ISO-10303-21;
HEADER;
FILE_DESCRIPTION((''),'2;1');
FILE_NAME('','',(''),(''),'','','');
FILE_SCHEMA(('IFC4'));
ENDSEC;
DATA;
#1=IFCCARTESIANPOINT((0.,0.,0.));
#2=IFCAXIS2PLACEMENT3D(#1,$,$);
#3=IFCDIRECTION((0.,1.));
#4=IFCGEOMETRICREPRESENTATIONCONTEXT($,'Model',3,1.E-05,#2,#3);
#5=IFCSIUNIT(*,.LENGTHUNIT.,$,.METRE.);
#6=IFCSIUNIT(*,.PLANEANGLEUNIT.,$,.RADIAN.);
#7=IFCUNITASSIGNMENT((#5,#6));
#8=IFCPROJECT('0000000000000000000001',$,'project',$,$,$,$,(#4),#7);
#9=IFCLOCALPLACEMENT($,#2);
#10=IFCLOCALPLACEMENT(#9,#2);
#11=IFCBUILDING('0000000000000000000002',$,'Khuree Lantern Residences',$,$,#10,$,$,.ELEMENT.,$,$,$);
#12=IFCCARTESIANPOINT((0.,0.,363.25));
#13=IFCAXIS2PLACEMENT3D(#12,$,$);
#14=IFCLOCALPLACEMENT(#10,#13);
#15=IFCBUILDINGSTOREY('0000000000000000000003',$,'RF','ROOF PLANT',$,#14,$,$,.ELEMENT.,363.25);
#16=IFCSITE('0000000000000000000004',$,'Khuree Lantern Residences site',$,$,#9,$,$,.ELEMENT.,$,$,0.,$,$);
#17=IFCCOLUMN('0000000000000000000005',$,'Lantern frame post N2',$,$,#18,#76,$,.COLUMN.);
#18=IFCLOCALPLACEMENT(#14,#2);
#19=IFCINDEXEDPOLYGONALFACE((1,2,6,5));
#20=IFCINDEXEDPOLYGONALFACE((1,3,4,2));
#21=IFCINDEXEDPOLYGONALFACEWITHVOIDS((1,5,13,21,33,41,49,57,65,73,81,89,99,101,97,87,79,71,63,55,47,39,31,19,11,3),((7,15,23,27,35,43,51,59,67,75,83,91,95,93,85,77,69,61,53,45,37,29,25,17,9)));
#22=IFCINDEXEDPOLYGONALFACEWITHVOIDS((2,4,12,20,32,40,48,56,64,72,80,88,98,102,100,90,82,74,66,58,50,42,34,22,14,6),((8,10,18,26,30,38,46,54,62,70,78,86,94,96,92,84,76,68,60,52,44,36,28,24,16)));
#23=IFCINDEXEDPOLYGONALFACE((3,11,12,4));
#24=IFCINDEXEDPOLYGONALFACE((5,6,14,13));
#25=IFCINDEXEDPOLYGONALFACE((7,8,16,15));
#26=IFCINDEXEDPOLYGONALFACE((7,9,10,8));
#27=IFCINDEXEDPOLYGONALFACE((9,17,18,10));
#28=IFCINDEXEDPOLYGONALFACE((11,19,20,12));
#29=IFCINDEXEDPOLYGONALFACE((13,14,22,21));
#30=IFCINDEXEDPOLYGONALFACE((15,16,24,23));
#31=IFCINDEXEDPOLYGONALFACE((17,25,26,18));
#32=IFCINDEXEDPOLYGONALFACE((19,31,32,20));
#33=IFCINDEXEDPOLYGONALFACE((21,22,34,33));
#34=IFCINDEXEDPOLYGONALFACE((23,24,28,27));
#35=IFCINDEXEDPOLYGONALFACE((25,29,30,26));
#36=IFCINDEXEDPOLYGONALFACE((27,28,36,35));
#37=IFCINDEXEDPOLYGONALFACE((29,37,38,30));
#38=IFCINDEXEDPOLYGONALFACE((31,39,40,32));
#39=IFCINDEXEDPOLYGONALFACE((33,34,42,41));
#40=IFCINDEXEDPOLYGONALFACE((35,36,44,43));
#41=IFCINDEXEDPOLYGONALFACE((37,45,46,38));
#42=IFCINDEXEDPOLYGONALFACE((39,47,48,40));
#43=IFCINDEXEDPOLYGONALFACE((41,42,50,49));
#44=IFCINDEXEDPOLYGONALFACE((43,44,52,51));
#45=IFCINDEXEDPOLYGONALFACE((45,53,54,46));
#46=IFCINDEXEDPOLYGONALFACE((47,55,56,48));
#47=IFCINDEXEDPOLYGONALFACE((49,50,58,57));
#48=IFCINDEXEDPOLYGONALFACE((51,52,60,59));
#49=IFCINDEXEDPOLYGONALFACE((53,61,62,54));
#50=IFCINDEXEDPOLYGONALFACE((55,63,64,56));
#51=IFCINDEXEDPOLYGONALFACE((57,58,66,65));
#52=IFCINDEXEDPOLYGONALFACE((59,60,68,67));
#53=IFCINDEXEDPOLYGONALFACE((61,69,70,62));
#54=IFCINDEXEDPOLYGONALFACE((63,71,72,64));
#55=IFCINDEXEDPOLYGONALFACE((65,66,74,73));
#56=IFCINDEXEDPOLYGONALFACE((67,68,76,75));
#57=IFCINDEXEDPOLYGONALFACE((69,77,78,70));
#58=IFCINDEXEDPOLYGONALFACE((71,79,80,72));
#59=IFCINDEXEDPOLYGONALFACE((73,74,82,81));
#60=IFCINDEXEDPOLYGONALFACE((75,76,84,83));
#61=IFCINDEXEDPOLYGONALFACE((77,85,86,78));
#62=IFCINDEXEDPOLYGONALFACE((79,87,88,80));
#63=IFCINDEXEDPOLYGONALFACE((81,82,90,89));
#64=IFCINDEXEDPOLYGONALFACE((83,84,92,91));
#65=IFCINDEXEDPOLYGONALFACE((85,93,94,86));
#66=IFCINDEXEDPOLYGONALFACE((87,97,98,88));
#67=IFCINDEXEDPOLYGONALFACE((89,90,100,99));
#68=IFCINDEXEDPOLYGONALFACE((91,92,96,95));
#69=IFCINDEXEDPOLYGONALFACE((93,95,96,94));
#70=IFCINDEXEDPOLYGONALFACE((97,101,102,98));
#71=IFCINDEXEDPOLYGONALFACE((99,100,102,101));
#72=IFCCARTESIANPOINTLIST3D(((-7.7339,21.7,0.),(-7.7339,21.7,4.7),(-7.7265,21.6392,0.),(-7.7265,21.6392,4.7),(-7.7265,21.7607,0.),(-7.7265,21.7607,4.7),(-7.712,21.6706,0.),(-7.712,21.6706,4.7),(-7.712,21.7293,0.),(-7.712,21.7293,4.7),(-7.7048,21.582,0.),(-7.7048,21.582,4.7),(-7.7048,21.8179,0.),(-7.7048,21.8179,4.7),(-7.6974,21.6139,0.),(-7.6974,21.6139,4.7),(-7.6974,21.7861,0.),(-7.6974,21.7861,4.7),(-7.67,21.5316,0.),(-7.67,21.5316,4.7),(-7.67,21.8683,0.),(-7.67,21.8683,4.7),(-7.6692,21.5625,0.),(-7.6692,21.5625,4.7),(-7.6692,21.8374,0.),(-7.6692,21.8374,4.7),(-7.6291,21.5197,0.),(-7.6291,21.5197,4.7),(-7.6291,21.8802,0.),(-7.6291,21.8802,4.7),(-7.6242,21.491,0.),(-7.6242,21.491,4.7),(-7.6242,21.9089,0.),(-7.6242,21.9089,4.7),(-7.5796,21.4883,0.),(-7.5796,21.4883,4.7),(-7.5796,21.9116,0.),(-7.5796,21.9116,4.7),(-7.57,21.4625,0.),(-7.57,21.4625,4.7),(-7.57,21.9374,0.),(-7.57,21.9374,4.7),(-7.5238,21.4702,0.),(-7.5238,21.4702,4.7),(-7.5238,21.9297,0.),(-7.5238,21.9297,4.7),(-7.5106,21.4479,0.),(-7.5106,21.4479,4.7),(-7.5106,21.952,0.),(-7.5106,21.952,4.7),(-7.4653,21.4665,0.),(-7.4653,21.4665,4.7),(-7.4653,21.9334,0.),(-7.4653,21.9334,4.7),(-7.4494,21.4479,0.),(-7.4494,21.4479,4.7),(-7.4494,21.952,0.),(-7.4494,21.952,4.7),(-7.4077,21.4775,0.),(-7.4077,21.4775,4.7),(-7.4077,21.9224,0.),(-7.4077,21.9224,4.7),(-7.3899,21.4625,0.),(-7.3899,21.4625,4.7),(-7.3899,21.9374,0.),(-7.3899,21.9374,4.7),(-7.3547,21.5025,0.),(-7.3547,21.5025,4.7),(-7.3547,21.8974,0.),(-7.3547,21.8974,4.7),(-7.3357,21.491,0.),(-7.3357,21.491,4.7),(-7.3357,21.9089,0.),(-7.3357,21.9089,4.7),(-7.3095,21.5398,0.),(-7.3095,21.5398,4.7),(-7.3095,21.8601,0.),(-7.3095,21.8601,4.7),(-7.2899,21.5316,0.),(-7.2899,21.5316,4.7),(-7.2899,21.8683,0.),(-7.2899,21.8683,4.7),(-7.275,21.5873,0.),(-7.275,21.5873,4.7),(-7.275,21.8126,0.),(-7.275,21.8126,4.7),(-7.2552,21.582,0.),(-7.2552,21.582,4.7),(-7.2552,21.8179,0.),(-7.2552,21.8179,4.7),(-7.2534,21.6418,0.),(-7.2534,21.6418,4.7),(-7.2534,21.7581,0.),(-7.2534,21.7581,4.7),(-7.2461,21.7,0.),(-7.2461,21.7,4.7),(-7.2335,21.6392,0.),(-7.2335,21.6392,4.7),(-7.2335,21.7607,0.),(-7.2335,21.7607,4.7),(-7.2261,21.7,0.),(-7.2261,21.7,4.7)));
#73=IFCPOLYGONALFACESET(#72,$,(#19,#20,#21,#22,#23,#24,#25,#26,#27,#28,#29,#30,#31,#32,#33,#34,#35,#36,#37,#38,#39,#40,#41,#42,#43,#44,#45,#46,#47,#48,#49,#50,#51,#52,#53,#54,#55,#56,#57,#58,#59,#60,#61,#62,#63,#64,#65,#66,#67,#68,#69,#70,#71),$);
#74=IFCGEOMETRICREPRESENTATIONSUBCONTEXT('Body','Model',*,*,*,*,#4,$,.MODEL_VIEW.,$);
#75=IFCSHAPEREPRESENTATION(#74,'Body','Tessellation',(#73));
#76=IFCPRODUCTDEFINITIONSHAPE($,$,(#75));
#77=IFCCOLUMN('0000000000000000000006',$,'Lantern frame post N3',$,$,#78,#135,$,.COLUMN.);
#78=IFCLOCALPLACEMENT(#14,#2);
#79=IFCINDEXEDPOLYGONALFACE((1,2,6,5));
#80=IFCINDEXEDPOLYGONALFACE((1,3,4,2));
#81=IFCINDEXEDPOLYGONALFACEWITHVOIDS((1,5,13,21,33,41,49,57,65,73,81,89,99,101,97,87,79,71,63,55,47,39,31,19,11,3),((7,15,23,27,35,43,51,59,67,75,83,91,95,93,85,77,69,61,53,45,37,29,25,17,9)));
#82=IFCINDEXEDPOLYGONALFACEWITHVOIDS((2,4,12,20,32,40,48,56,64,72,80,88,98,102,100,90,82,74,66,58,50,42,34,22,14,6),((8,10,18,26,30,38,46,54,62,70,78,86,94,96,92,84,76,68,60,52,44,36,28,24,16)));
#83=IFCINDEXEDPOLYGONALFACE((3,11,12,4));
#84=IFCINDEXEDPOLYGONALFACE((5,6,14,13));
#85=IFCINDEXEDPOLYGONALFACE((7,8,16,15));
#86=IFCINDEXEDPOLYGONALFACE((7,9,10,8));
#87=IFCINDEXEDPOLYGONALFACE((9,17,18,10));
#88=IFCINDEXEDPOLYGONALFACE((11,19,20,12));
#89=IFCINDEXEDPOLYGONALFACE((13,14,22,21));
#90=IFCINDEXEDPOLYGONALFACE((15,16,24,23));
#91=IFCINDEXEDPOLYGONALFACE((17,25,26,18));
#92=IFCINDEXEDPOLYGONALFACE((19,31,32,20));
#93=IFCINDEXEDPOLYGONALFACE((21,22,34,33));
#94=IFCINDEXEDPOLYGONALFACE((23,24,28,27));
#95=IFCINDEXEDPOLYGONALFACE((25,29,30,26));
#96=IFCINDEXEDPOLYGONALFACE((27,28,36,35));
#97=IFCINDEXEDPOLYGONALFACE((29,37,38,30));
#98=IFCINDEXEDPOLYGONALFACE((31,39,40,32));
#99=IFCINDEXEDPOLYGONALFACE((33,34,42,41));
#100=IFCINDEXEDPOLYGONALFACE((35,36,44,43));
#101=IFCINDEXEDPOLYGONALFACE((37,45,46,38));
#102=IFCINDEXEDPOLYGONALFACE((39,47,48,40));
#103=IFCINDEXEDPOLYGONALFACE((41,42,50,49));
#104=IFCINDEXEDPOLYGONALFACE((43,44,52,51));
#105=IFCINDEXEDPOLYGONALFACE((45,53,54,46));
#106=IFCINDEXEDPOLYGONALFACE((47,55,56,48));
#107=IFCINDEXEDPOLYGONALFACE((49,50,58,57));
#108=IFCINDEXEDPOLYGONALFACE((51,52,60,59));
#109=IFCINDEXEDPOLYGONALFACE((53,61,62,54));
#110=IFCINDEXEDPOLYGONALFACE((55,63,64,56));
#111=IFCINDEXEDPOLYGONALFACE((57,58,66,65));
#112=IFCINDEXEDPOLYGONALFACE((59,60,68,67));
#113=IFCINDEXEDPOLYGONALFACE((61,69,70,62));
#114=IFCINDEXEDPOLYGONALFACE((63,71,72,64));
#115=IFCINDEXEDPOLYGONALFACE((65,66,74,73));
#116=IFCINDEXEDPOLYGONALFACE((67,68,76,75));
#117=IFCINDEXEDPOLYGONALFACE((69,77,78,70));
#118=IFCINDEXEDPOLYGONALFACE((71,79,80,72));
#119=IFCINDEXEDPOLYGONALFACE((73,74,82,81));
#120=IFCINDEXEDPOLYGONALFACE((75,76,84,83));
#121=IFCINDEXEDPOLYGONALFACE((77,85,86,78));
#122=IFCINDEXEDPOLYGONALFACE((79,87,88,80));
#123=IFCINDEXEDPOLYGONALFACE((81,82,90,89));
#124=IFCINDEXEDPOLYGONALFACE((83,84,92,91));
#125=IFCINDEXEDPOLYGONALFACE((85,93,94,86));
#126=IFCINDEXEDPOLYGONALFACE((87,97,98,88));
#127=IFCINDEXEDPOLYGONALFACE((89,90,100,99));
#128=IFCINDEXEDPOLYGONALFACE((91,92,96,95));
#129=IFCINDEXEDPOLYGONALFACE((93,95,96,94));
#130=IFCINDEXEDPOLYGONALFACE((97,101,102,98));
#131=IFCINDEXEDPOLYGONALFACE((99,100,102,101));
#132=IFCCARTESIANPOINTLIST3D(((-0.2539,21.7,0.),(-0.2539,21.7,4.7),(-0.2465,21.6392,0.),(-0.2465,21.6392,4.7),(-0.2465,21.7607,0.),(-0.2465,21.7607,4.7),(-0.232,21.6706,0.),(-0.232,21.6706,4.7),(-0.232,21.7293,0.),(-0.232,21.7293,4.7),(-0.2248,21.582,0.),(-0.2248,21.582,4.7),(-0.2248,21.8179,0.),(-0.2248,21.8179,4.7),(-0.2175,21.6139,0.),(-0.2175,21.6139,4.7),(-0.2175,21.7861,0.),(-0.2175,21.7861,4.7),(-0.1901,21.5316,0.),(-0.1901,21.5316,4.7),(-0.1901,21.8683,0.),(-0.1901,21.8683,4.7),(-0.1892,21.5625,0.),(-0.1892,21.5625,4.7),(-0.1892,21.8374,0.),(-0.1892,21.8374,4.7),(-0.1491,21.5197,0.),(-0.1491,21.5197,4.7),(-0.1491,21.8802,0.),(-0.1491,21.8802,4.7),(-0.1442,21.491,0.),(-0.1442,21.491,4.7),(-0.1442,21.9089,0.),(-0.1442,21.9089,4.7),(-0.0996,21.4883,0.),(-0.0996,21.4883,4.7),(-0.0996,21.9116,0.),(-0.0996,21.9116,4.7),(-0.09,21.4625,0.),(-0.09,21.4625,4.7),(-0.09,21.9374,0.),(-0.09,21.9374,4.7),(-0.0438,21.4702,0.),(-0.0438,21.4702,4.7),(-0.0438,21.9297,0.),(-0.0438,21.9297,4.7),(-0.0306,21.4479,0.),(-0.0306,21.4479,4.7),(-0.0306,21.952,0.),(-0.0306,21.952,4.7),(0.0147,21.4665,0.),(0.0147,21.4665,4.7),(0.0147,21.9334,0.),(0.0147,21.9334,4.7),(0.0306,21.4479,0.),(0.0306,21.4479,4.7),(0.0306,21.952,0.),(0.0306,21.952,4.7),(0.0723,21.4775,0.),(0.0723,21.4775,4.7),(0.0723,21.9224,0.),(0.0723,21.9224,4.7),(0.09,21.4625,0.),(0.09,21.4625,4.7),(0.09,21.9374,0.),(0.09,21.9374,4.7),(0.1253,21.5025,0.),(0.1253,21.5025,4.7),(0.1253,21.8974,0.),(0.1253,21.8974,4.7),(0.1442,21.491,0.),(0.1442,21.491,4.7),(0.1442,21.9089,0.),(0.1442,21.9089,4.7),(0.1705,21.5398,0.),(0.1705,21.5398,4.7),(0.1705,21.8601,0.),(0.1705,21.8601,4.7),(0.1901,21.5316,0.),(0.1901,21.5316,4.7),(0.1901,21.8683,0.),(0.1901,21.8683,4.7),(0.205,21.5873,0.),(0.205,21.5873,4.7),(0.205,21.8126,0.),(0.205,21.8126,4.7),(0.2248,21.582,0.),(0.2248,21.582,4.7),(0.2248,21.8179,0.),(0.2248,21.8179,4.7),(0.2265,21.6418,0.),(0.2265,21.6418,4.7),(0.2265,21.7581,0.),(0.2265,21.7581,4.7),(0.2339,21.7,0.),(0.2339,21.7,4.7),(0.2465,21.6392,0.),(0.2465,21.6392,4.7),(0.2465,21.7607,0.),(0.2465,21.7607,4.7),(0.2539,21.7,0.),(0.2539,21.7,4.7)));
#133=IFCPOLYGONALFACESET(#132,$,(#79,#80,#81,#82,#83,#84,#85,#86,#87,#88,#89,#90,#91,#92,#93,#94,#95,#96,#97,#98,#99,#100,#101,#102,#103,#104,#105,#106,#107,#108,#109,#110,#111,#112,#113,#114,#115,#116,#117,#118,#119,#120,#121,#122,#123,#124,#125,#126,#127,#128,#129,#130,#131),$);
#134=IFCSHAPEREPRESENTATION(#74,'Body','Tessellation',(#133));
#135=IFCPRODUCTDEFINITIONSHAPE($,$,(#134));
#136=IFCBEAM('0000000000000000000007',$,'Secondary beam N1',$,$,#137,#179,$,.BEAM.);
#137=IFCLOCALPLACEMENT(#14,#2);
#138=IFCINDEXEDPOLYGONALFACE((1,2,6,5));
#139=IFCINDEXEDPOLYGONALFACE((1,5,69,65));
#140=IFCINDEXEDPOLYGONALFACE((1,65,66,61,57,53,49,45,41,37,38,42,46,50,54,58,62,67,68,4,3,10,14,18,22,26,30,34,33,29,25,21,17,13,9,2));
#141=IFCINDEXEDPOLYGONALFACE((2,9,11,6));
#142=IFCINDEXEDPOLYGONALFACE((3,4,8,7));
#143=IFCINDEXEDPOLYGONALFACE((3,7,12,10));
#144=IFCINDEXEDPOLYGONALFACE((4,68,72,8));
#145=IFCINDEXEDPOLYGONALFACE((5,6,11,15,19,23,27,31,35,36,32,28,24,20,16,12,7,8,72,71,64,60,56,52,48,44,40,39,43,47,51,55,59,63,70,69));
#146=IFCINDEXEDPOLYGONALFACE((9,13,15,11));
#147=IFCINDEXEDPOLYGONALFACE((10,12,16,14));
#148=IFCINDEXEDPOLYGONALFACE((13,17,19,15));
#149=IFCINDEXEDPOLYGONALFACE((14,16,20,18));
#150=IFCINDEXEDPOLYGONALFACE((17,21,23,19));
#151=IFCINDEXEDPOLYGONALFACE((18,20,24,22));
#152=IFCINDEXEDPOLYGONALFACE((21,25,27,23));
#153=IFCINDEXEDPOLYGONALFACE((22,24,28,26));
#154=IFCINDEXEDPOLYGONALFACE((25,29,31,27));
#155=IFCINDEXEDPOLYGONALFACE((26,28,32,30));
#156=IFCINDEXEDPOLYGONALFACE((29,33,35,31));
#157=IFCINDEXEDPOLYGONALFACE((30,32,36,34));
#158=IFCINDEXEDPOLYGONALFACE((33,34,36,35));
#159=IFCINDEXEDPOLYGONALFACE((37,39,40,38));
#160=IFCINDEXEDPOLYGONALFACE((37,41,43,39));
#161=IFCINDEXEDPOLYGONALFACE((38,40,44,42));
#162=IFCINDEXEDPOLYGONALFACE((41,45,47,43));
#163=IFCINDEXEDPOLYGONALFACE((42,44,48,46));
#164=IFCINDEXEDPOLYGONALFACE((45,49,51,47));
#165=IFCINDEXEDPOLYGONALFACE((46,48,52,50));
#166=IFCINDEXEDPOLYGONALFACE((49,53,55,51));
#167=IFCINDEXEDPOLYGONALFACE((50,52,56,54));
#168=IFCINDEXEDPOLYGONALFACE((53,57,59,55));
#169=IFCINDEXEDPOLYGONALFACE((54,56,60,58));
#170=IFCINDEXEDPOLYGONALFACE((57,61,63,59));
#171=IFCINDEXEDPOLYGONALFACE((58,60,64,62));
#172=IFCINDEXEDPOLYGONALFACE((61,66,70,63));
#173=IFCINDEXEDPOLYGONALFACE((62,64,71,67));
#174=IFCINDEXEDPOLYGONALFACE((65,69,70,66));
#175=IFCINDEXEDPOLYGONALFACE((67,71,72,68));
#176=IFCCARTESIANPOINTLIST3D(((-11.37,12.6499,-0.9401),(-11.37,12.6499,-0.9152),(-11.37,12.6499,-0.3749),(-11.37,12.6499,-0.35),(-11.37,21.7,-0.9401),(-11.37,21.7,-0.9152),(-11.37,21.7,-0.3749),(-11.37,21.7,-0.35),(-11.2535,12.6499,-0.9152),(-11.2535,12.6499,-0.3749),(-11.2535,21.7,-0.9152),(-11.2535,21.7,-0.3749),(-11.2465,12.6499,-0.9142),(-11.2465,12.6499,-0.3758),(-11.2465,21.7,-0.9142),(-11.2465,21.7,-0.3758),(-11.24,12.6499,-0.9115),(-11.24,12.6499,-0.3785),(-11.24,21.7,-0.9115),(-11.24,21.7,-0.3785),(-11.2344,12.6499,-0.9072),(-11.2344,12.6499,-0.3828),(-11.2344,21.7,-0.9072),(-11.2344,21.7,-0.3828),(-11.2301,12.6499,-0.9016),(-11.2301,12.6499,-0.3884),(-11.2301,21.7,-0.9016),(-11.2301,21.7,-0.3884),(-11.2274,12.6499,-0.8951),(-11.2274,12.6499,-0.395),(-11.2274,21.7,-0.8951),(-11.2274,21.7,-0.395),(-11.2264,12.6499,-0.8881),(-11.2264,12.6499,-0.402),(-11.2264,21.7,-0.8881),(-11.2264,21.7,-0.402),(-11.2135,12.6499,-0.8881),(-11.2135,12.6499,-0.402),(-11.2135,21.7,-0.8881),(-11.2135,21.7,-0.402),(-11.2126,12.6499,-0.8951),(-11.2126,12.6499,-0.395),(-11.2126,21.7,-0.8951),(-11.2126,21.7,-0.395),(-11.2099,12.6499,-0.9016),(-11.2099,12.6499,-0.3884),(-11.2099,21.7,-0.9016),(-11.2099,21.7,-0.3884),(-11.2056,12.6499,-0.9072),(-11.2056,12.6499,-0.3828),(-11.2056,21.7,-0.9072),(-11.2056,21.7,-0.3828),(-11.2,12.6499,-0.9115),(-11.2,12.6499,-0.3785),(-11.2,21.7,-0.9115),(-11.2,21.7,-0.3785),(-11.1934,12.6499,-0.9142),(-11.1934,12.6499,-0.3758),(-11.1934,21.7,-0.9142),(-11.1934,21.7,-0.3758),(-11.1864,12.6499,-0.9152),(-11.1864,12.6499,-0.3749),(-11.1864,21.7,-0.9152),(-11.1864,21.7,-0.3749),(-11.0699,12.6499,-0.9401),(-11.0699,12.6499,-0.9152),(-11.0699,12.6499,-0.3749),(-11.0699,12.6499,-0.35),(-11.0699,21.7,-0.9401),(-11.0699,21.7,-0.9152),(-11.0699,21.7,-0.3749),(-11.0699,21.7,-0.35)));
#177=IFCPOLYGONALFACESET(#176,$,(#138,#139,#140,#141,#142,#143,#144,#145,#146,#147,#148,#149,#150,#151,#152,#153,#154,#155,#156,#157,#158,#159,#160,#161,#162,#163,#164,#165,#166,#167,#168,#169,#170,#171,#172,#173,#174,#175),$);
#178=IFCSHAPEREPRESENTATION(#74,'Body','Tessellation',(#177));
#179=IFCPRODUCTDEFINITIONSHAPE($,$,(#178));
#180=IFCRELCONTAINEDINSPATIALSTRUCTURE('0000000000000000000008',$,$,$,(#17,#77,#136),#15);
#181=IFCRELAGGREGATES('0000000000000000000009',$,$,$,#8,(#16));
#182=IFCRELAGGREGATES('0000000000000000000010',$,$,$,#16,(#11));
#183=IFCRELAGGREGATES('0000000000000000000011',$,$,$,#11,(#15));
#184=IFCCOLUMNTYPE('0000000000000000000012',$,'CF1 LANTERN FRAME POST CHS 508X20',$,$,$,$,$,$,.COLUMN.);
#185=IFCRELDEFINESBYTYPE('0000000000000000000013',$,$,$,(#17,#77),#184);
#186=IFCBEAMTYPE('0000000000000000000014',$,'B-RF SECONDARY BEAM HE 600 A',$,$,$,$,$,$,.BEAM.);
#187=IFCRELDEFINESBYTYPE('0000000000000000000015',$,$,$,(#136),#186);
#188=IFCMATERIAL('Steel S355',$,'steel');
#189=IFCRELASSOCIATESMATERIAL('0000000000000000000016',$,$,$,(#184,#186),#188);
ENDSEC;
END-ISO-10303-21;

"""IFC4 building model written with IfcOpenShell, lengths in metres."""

from ifc_helpers import new_model, si_unit, direction, frame, origin, origin_2d, place, context, subcontext, project, spatial, hollow_circle, i_section, extrude, material, material_profile, profile_set, type_object, element, save


model = new_model("IFC4")

# Units and contexts
model_context = context("Model", 3, precision=1e-05, world=origin(), true_north=direction((0.0, 1.0)))
body_context = subcontext(model_context, "Body", "Model", "MODEL_VIEW")
ifc_project = project(units=[si_unit("LENGTHUNIT", "METRE"), si_unit("PLANEANGLEUNIT", "RADIAN")], contexts=[model_context])

# Site, building, storey
site_placement = place(None, origin())
site = spatial("IfcSite", under=ifc_project, at=site_placement, Name="Khuree Lantern Residences site", CompositionType="ELEMENT", RefElevation=0.0)
building_placement = place(site_placement, origin())
building = spatial("IfcBuilding", under=site, at=building_placement, Name="Khuree Lantern Residences", CompositionType="ELEMENT")
storey_placement = place(building_placement, frame((0.0, 0.0, 363.25)))
storey = spatial("IfcBuildingStorey", under=building, at=storey_placement, Name="RF", Description="ROOF PLANT", CompositionType="ELEMENT", Elevation=363.25)

# Columns
ifc_material_1 = material(Name="Steel S355", Category="steel")
ifc_material_profile_1 = material_profile(ifc_material_1, hollow_circle(Radius=0.2539, WallThickness=0.02, at=origin_2d()), Name="CHS 508X20")
ifc_profile_set_1 = profile_set([ifc_material_profile_1], Name="Steel S355")
column_type = type_object("IfcColumnType", Name="CF1 LANTERN FRAME POST CHS 508X20", PredefinedType="COLUMN", material=ifc_profile_set_1)
for number, where, z_axis, x_axis, name in (
    (1, (-7.48, 21.7, 0.0), (0.0, 0.0, 1.0), (1.0, 0.0, 0.0), "Lantern frame post N2"),
    (2, (0.0, 21.7, 0.0), (0.0, 0.0, 1.0), (1.0, 0.0, 0.0), "Lantern frame post N3"),
):
    element("IfcColumn", number, at=place(storey_placement, frame(where, z_axis=z_axis, x_axis=x_axis)), inside=storey, type_object=column_type, Name=name, PredefinedType="COLUMN", context=body_context, shape_type="SweptSolid", body=[
        extrude(hollow_circle(Radius=0.2539, WallThickness=0.02, at=origin_2d()), origin(), (0.0, 0.0, 1.0), 4.7),
    ])

# Beam
ifc_material_profile_2 = material_profile(ifc_material_1, i_section(OverallWidth=0.3, OverallDepth=0.5901, WebThickness=0.0129, FlangeThickness=0.0249, FilletRadius=0.0271, at=origin_2d()), Name="HE 600 A")
ifc_profile_set_2 = profile_set([ifc_material_profile_2], Name="Steel S355")
beam_type_1 = type_object("IfcBeamType", Name="B-RF SECONDARY BEAM HE 600 A", PredefinedType="BEAM", material=ifc_profile_set_2)
for number, where, z_axis, x_axis, name in (
    (3, (-11.22, 21.7, -0.645), (0.0, -1.0, 0.0), (1.0, 0.0, 0.0), "Secondary beam N1"),
):
    element("IfcBeam", number, at=place(storey_placement, frame(where, z_axis=z_axis, x_axis=x_axis)), inside=storey, type_object=beam_type_1, Name=name, PredefinedType="BEAM", context=body_context, shape_type="SweptSolid", body=[
        extrude(i_section(OverallWidth=0.3, OverallDepth=0.5901, WebThickness=0.0129, FlangeThickness=0.0249, FilletRadius=0.0271, at=origin_2d()), origin(), (0.0, 0.0, 1.0), 9.05),
    ])

save(model, "model.ifc")
